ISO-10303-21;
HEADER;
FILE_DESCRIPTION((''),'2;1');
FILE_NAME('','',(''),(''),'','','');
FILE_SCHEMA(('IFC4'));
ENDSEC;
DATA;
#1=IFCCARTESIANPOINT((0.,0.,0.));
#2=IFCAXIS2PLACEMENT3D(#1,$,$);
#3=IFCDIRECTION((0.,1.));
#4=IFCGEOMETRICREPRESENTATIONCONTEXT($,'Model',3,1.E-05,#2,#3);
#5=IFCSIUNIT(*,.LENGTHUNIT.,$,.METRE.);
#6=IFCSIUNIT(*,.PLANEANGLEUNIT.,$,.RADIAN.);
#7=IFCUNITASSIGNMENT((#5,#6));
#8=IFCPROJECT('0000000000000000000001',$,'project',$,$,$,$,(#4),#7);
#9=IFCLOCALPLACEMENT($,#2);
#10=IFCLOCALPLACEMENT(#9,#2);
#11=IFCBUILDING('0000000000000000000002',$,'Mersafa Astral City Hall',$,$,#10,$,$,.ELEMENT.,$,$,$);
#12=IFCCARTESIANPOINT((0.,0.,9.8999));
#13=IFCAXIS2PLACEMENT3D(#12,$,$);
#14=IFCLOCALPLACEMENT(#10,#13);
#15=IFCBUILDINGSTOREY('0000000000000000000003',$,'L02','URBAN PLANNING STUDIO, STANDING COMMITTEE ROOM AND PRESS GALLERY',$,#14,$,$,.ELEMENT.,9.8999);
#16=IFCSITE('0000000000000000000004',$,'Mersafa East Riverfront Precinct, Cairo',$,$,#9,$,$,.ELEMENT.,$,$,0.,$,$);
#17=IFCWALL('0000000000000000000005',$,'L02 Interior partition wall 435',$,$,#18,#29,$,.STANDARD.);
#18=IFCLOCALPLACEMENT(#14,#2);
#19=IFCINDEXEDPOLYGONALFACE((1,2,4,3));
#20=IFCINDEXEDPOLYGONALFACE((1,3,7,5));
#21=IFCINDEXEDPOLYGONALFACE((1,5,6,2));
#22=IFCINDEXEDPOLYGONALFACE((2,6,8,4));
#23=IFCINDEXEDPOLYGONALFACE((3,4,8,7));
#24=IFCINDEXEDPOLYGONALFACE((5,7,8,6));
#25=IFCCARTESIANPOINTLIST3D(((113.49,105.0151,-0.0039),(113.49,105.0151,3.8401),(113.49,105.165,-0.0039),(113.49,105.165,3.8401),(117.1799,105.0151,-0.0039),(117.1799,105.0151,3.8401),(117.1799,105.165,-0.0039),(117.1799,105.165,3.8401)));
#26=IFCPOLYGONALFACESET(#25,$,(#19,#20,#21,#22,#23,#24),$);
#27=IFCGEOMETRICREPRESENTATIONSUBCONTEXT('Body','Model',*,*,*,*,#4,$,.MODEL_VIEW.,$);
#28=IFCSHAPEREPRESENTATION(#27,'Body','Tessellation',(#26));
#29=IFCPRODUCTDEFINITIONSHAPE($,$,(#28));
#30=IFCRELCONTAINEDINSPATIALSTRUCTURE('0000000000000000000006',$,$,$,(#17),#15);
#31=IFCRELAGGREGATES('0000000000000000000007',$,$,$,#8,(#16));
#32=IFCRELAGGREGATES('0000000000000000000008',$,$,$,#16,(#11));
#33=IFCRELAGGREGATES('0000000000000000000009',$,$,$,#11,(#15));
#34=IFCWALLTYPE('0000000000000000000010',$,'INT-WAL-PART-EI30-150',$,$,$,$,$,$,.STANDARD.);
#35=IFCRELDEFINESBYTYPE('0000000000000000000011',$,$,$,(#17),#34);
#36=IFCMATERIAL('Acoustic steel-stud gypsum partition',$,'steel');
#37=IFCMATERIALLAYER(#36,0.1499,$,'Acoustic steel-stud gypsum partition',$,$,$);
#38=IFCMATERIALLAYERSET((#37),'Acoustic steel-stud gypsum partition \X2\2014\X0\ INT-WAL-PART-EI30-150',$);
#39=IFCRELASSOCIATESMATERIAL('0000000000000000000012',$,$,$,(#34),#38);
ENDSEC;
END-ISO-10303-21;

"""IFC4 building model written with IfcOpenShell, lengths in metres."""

from ifc_helpers import new_model, si_unit, direction, frame, frame_2d, origin, place, context, subcontext, project, spatial, rectangle, extrude, material, layer, layer_set, type_object, element, save


model = new_model("IFC4")

# Units and contexts
model_context = context("Model", 3, precision=1e-05, world=origin(), true_north=direction((0.0, 1.0)))
body_context = subcontext(model_context, "Body", "Model", "MODEL_VIEW")
ifc_project = project(units=[si_unit("LENGTHUNIT", "METRE"), si_unit("PLANEANGLEUNIT", "RADIAN")], contexts=[model_context])

# Site, building, storey
site_placement = place(None, origin())
site = spatial("IfcSite", under=ifc_project, at=site_placement, Name="Mersafa East Riverfront Precinct, Cairo", CompositionType="ELEMENT", RefElevation=0.0)
building_placement = place(site_placement, origin())
building = spatial("IfcBuilding", under=site, at=building_placement, Name="Mersafa Astral City Hall", CompositionType="ELEMENT")
storey_placement = place(building_placement, frame((0.0, 0.0, 9.8999)))
storey = spatial("IfcBuildingStorey", under=building, at=storey_placement, Name="L02", Description="URBAN PLANNING STUDIO, STANDING COMMITTEE ROOM AND PRESS GALLERY", CompositionType="ELEMENT", Elevation=9.8999)

# Wall
ifc_material_1 = material(Name="Acoustic steel-stud gypsum partition", Category="steel")
ifc_layer_1 = layer(ifc_material_1, 0.1499, Name="Acoustic steel-stud gypsum partition")
ifc_layer_set_1 = layer_set([ifc_layer_1], Name="Acoustic steel-stud gypsum partition — INT-WAL-PART-EI30-150")
wall_type_1 = type_object("IfcWallType", Name="INT-WAL-PART-EI30-150", PredefinedType="STANDARD", material=ifc_layer_set_1)
wall_1_placement = place(storey_placement, frame((117.1799, 105.0901, -0.0039), z_axis=(0.0, 0.0, 1.0), x_axis=(-1.0, 0.0, 0.0)))
element("IfcWall", 1, at=wall_1_placement, inside=storey, type_object=wall_type_1, Name="L02 Interior partition wall 435", PredefinedType="STANDARD", context=body_context, shape_type="SweptSolid", body=[
    extrude(rectangle(XDim=3.6899, YDim=0.1499, at=frame_2d((1.845, 0.0))), origin(), (0.0, 0.0, 1.0), 3.844),
])

save(model, "model.ifc")
